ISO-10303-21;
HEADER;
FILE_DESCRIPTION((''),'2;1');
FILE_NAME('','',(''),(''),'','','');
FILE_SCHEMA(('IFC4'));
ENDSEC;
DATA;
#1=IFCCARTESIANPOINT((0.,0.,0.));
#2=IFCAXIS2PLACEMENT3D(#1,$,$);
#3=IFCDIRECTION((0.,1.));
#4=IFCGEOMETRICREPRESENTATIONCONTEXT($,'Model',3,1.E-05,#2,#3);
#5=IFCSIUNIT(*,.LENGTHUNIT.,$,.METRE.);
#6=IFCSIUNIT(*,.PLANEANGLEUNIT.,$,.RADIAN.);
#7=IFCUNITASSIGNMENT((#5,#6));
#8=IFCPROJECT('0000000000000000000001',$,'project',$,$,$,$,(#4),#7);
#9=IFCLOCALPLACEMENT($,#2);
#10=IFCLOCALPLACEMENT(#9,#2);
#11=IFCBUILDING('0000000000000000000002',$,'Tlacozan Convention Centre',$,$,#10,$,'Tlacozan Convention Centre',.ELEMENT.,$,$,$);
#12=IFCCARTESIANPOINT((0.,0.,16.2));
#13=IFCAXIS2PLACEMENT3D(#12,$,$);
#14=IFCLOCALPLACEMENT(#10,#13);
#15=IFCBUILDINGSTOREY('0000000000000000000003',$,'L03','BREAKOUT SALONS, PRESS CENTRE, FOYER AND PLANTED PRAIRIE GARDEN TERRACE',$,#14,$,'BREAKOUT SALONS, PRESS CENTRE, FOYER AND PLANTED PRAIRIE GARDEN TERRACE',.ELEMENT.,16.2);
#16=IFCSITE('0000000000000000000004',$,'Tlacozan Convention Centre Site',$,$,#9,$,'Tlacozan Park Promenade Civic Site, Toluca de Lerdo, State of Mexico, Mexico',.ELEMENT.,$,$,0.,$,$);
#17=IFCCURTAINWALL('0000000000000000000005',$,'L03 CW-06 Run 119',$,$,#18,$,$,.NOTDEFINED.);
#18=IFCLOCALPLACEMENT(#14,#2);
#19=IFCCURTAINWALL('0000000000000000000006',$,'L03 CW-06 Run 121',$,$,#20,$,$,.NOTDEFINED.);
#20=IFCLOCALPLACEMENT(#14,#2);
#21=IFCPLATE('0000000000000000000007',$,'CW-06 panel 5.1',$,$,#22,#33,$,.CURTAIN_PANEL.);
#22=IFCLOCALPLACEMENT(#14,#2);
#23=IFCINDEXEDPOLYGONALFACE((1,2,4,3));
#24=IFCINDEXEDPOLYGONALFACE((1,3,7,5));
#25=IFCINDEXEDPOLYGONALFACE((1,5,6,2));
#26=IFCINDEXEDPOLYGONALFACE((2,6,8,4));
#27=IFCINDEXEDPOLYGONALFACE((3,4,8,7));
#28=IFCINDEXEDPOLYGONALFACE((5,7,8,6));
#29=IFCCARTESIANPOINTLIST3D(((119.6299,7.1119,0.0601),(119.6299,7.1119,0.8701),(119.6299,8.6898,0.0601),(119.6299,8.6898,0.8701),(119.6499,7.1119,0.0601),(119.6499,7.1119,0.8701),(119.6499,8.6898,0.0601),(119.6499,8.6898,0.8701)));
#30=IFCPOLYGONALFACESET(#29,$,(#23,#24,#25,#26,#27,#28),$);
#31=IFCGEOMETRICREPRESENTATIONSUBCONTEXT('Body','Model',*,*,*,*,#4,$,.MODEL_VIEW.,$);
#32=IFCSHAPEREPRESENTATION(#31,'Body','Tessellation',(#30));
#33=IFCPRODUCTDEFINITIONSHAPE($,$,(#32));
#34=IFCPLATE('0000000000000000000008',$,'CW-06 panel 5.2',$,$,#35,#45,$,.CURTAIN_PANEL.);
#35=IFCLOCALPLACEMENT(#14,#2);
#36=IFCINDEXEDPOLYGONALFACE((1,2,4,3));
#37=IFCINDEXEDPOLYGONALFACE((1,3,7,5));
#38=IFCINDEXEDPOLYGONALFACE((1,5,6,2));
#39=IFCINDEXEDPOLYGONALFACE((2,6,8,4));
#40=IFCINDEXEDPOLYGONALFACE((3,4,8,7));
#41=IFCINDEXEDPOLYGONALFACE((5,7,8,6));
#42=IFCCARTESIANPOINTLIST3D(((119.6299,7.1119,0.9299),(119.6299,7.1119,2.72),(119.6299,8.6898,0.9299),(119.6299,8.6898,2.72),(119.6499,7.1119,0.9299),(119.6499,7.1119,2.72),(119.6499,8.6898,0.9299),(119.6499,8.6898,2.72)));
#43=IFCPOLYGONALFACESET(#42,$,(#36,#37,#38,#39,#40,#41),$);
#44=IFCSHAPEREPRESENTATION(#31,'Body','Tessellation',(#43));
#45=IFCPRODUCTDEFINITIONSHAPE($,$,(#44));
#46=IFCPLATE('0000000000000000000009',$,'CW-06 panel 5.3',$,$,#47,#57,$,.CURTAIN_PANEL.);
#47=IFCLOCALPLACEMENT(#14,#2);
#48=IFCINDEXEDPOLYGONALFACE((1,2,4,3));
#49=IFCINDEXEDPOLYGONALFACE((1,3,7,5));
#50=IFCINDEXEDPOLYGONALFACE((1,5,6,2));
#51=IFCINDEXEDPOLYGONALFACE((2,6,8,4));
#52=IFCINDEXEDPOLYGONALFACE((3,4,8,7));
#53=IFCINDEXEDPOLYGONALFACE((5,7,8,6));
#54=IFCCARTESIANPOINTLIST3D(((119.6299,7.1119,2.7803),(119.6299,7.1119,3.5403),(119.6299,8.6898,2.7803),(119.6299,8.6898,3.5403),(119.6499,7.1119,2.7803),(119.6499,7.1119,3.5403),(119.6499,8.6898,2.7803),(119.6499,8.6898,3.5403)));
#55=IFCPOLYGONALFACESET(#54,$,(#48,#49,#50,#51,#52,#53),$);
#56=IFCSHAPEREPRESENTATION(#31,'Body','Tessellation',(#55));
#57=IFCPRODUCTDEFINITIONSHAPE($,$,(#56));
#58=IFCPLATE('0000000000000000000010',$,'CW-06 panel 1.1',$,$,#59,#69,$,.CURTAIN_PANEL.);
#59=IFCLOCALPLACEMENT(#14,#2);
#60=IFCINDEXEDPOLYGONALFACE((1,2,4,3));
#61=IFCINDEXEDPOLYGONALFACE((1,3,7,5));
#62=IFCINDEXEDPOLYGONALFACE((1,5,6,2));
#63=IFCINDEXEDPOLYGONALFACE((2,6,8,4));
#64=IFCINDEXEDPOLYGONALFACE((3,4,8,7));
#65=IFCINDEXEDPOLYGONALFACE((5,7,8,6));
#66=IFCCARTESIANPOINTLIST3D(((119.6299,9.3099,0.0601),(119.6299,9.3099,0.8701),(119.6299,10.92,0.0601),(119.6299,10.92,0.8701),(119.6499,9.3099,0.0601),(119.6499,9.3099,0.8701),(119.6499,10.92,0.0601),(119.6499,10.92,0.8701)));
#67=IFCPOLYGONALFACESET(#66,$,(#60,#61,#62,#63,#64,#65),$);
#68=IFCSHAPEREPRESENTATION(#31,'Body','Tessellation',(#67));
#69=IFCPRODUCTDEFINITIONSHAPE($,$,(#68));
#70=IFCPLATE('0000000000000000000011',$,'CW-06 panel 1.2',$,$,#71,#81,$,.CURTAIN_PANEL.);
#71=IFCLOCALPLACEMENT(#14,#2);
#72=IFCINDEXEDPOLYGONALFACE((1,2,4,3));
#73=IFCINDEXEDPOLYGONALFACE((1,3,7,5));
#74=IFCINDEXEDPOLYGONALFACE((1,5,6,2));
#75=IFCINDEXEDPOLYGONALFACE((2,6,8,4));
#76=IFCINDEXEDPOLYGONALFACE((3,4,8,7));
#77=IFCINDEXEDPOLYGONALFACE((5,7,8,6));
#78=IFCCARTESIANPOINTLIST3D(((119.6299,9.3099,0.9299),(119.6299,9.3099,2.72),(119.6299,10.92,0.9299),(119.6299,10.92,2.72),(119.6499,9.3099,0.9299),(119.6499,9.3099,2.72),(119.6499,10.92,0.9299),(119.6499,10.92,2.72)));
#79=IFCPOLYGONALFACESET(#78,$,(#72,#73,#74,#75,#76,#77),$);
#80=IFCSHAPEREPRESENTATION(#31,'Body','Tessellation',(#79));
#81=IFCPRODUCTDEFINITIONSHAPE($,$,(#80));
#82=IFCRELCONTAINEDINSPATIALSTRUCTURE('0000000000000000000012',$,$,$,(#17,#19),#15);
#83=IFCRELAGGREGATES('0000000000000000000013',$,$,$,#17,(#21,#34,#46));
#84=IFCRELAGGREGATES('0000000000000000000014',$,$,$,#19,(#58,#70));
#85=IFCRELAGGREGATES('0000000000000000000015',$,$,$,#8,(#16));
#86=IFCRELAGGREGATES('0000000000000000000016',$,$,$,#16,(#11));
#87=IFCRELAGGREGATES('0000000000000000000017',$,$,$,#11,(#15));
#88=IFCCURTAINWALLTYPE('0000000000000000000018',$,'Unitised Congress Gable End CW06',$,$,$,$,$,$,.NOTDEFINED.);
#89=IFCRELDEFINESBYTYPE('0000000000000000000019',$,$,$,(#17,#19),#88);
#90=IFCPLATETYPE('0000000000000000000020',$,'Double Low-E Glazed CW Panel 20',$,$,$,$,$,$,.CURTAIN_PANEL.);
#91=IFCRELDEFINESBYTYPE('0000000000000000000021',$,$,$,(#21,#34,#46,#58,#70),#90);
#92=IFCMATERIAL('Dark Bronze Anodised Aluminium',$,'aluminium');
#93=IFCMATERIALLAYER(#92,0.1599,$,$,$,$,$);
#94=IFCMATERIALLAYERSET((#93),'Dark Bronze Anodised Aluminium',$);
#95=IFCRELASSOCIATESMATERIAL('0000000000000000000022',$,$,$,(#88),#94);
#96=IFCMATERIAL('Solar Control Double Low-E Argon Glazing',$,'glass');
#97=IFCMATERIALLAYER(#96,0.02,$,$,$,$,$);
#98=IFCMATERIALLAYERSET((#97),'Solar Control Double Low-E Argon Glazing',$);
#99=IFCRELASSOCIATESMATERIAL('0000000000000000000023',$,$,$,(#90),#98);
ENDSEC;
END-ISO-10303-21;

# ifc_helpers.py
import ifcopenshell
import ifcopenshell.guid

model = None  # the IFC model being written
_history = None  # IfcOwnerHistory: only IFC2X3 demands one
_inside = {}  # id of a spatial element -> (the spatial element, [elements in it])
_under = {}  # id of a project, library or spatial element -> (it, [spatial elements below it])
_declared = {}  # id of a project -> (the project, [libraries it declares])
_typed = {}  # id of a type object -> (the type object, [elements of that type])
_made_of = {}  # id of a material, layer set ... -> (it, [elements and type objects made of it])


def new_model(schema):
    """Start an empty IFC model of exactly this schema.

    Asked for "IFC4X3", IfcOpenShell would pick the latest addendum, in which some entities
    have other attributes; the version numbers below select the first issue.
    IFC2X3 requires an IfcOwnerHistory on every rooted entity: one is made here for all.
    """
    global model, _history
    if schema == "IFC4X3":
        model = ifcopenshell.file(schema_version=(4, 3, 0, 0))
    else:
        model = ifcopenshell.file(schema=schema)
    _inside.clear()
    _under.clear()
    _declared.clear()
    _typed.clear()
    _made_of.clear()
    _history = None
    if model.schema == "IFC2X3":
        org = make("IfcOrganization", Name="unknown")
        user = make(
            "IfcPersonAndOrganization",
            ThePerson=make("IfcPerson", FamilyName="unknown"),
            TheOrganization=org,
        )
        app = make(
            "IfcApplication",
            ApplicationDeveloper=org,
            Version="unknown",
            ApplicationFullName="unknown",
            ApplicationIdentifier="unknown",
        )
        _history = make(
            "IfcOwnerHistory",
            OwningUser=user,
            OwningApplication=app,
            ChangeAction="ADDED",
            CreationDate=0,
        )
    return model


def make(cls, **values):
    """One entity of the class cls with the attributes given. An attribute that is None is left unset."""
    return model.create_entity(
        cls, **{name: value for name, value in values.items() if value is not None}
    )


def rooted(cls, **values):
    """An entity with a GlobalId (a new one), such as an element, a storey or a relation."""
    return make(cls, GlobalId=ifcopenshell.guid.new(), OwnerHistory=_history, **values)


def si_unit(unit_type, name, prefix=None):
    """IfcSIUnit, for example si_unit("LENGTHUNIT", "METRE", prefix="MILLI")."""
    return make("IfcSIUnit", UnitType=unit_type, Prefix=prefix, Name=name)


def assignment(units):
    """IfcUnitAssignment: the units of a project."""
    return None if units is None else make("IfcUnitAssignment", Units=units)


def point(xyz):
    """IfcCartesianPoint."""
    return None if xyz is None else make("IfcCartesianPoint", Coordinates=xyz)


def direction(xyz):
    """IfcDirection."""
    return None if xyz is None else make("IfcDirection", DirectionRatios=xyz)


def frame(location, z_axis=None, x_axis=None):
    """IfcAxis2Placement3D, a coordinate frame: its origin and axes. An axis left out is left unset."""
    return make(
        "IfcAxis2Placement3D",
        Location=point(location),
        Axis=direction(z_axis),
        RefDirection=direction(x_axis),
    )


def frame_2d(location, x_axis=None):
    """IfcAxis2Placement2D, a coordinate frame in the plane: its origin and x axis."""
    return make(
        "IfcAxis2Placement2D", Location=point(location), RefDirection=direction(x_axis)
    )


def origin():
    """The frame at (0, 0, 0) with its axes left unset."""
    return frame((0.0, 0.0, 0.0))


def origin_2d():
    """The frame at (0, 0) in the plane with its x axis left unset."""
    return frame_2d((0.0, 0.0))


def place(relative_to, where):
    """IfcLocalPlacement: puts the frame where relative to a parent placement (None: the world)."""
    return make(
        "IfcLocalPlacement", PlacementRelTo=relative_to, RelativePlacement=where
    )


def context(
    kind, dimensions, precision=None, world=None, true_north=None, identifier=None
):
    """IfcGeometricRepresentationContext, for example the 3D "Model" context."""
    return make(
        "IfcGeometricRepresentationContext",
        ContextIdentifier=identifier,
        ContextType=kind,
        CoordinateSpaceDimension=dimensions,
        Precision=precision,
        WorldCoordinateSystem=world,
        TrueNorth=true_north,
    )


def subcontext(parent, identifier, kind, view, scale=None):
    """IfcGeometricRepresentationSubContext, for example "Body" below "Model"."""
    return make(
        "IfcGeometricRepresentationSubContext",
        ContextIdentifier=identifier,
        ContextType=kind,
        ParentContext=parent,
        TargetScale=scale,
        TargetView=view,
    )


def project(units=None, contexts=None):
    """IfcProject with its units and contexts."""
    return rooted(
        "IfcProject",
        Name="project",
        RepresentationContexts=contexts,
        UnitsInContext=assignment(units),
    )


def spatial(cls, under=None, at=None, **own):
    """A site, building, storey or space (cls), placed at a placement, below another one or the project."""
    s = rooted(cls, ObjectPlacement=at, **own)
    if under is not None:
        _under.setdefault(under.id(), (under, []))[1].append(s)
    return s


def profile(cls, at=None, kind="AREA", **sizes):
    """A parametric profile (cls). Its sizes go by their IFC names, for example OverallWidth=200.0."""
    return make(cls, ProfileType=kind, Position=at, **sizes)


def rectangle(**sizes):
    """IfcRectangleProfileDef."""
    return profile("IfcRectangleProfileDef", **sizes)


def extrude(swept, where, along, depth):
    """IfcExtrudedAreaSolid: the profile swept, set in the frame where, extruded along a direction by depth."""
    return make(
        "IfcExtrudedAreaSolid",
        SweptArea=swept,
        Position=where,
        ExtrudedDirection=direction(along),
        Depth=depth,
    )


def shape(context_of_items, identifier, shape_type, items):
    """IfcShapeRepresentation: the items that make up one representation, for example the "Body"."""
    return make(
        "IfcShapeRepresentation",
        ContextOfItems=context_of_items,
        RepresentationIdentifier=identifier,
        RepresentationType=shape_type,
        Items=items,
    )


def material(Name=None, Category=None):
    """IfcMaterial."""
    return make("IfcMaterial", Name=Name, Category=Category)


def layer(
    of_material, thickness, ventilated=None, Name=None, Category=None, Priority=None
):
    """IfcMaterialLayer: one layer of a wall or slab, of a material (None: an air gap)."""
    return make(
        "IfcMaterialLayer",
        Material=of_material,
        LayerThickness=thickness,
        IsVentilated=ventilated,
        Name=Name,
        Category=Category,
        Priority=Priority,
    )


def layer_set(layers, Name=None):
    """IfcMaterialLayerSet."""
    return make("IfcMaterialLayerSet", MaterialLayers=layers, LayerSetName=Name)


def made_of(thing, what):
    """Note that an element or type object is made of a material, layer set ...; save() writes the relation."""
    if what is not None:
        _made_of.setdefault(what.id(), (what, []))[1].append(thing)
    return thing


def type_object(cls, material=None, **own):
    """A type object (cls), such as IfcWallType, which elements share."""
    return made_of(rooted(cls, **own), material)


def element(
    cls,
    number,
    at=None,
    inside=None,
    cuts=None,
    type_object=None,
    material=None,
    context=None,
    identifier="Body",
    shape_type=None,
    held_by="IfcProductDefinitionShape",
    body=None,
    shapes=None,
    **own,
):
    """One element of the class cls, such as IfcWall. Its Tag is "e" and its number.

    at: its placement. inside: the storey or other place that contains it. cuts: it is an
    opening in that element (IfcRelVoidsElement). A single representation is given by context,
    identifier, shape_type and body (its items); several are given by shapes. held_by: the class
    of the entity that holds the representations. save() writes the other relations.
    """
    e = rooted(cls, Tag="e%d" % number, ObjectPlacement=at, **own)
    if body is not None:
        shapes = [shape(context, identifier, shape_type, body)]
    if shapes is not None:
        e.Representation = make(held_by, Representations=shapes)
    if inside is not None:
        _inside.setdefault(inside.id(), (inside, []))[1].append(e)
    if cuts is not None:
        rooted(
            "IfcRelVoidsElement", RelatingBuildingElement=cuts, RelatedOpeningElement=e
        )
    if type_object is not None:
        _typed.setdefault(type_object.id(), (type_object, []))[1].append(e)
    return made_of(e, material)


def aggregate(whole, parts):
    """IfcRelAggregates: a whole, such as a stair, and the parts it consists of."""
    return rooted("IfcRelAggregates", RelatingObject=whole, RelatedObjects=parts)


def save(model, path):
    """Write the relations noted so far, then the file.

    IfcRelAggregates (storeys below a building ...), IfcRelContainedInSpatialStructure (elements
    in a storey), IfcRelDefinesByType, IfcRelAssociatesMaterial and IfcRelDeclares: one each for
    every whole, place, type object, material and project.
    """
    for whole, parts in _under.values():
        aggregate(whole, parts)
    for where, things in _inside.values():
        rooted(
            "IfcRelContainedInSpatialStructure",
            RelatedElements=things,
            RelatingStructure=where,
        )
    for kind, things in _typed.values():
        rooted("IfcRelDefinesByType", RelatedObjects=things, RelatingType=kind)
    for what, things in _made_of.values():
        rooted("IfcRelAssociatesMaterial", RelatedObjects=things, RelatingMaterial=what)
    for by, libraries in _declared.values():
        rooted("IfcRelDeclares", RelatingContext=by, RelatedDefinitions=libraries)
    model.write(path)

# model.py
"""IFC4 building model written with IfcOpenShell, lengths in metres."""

from ifc_helpers import new_model, si_unit, direction, frame, origin, origin_2d, place, context, subcontext, project, spatial, rectangle, extrude, material, layer, layer_set, type_object, element, aggregate, save


model = new_model("IFC4")

# Units and contexts
model_context = context("Model", 3, precision=1e-05, world=origin(), true_north=direction((0.0, 1.0)))
body_context = subcontext(model_context, "Body", "Model", "MODEL_VIEW")
ifc_project = project(units=[si_unit("LENGTHUNIT", "METRE"), si_unit("PLANEANGLEUNIT", "RADIAN")], contexts=[model_context])

# Site, building, storey
site_placement = place(None, origin())
site = spatial("IfcSite", under=ifc_project, at=site_placement, Name="Tlacozan Convention Centre Site", LongName="Tlacozan Park Promenade Civic Site, Toluca de Lerdo, State of Mexico, Mexico", CompositionType="ELEMENT", RefElevation=0.0)
building_placement = place(site_placement, origin())
building = spatial("IfcBuilding", under=site, at=building_placement, Name="Tlacozan Convention Centre", LongName="Tlacozan Convention Centre", CompositionType="ELEMENT")
storey_placement = place(building_placement, frame((0.0, 0.0, 16.2)))
storey = spatial("IfcBuildingStorey", under=building, at=storey_placement, Name="L03", Description="BREAKOUT SALONS, PRESS CENTRE, FOYER AND PLANTED PRAIRIE GARDEN TERRACE", LongName="BREAKOUT SALONS, PRESS CENTRE, FOYER AND PLANTED PRAIRIE GARDEN TERRACE", CompositionType="ELEMENT", Elevation=16.2)

# Curtain wall
ifc_material_1 = material(Name="Dark Bronze Anodised Aluminium", Category="aluminium")
ifc_layer_1 = layer(ifc_material_1, 0.1599)
ifc_layer_set_1 = layer_set([ifc_layer_1], Name="Dark Bronze Anodised Aluminium")
curtain_wall_type = type_object("IfcCurtainWallType", Name="Unitised Congress Gable End CW06", PredefinedType="NOTDEFINED", material=ifc_layer_set_1)
curtain_wall_1_placement = place(storey_placement, origin())
curtain_wall_1 = element("IfcCurtainWall", 1, at=curtain_wall_1_placement, inside=storey, type_object=curtain_wall_type, Name="L03 CW-06 Run 119", PredefinedType="NOTDEFINED")

# Curtain wall
curtain_wall_2_placement = place(storey_placement, origin())
curtain_wall_2 = element("IfcCurtainWall", 2, at=curtain_wall_2_placement, inside=storey, type_object=curtain_wall_type, Name="L03 CW-06 Run 121", PredefinedType="NOTDEFINED")

# Plates
ifc_material_2 = material(Name="Solar Control Double Low-E Argon Glazing", Category="glass")
ifc_layer_2 = layer(ifc_material_2, 0.02)
ifc_layer_set_2 = layer_set([ifc_layer_2], Name="Solar Control Double Low-E Argon Glazing")
plate_type = type_object("IfcPlateType", Name="Double Low-E Glazed CW Panel 20", PredefinedType="CURTAIN_PANEL", material=ifc_layer_set_2)
plate_1_placement = place(storey_placement, frame((119.6399, 7.9009, 0.0601), z_axis=(0.0, 0.0, 1.0), x_axis=(0.0, 1.0, 0.0)))
plate_1 = element("IfcPlate", 3, at=plate_1_placement, type_object=plate_type, Name="CW-06 panel 5.1", PredefinedType="CURTAIN_PANEL", context=body_context, shape_type="SweptSolid", body=[
    extrude(rectangle(XDim=1.5779, YDim=0.02, at=origin_2d()), origin(), (0.0, 0.0, 1.0), 0.8101),
])
plate_2_placement = place(storey_placement, frame((119.6399, 7.9009, 0.9299), z_axis=(0.0, 0.0, 1.0), x_axis=(0.0, 1.0, 0.0)))
plate_2 = element("IfcPlate", 4, at=plate_2_placement, type_object=plate_type, Name="CW-06 panel 5.2", PredefinedType="CURTAIN_PANEL", context=body_context, shape_type="SweptSolid", body=[
    extrude(rectangle(XDim=1.5779, YDim=0.02, at=origin_2d()), origin(), (0.0, 0.0, 1.0), 1.79),
])
plate_3_placement = place(storey_placement, frame((119.6399, 7.9009, 2.7803), z_axis=(0.0, 0.0, 1.0), x_axis=(0.0, 1.0, 0.0)))
plate_3 = element("IfcPlate", 5, at=plate_3_placement, type_object=plate_type, Name="CW-06 panel 5.3", PredefinedType="CURTAIN_PANEL", context=body_context, shape_type="SweptSolid", body=[
    extrude(rectangle(XDim=1.5779, YDim=0.02, at=origin_2d()), origin(), (0.0, 0.0, 1.0), 0.76),
])
aggregate(curtain_wall_1, [plate_1, plate_2, plate_3])
plate_4_placement = place(storey_placement, frame((119.6399, 10.115, 0.0601), z_axis=(0.0, 0.0, 1.0), x_axis=(0.0, 1.0, 0.0)))
plate_4 = element("IfcPlate", 6, at=plate_4_placement, type_object=plate_type, Name="CW-06 panel 1.1", PredefinedType="CURTAIN_PANEL", context=body_context, shape_type="SweptSolid", body=[
    extrude(rectangle(XDim=1.6101, YDim=0.02, at=origin_2d()), origin(), (0.0, 0.0, 1.0), 0.8101),
])
plate_5_placement = place(storey_placement, frame((119.6399, 10.115, 0.9299), z_axis=(0.0, 0.0, 1.0), x_axis=(0.0, 1.0, 0.0)))
plate_5 = element("IfcPlate", 7, at=plate_5_placement, type_object=plate_type, Name="CW-06 panel 1.2", PredefinedType="CURTAIN_PANEL", context=body_context, shape_type="SweptSolid", body=[
    extrude(rectangle(XDim=1.6101, YDim=0.02, at=origin_2d()), origin(), (0.0, 0.0, 1.0), 1.79),
])
aggregate(curtain_wall_2, [plate_4, plate_5])

save(model, "model.ifc")
